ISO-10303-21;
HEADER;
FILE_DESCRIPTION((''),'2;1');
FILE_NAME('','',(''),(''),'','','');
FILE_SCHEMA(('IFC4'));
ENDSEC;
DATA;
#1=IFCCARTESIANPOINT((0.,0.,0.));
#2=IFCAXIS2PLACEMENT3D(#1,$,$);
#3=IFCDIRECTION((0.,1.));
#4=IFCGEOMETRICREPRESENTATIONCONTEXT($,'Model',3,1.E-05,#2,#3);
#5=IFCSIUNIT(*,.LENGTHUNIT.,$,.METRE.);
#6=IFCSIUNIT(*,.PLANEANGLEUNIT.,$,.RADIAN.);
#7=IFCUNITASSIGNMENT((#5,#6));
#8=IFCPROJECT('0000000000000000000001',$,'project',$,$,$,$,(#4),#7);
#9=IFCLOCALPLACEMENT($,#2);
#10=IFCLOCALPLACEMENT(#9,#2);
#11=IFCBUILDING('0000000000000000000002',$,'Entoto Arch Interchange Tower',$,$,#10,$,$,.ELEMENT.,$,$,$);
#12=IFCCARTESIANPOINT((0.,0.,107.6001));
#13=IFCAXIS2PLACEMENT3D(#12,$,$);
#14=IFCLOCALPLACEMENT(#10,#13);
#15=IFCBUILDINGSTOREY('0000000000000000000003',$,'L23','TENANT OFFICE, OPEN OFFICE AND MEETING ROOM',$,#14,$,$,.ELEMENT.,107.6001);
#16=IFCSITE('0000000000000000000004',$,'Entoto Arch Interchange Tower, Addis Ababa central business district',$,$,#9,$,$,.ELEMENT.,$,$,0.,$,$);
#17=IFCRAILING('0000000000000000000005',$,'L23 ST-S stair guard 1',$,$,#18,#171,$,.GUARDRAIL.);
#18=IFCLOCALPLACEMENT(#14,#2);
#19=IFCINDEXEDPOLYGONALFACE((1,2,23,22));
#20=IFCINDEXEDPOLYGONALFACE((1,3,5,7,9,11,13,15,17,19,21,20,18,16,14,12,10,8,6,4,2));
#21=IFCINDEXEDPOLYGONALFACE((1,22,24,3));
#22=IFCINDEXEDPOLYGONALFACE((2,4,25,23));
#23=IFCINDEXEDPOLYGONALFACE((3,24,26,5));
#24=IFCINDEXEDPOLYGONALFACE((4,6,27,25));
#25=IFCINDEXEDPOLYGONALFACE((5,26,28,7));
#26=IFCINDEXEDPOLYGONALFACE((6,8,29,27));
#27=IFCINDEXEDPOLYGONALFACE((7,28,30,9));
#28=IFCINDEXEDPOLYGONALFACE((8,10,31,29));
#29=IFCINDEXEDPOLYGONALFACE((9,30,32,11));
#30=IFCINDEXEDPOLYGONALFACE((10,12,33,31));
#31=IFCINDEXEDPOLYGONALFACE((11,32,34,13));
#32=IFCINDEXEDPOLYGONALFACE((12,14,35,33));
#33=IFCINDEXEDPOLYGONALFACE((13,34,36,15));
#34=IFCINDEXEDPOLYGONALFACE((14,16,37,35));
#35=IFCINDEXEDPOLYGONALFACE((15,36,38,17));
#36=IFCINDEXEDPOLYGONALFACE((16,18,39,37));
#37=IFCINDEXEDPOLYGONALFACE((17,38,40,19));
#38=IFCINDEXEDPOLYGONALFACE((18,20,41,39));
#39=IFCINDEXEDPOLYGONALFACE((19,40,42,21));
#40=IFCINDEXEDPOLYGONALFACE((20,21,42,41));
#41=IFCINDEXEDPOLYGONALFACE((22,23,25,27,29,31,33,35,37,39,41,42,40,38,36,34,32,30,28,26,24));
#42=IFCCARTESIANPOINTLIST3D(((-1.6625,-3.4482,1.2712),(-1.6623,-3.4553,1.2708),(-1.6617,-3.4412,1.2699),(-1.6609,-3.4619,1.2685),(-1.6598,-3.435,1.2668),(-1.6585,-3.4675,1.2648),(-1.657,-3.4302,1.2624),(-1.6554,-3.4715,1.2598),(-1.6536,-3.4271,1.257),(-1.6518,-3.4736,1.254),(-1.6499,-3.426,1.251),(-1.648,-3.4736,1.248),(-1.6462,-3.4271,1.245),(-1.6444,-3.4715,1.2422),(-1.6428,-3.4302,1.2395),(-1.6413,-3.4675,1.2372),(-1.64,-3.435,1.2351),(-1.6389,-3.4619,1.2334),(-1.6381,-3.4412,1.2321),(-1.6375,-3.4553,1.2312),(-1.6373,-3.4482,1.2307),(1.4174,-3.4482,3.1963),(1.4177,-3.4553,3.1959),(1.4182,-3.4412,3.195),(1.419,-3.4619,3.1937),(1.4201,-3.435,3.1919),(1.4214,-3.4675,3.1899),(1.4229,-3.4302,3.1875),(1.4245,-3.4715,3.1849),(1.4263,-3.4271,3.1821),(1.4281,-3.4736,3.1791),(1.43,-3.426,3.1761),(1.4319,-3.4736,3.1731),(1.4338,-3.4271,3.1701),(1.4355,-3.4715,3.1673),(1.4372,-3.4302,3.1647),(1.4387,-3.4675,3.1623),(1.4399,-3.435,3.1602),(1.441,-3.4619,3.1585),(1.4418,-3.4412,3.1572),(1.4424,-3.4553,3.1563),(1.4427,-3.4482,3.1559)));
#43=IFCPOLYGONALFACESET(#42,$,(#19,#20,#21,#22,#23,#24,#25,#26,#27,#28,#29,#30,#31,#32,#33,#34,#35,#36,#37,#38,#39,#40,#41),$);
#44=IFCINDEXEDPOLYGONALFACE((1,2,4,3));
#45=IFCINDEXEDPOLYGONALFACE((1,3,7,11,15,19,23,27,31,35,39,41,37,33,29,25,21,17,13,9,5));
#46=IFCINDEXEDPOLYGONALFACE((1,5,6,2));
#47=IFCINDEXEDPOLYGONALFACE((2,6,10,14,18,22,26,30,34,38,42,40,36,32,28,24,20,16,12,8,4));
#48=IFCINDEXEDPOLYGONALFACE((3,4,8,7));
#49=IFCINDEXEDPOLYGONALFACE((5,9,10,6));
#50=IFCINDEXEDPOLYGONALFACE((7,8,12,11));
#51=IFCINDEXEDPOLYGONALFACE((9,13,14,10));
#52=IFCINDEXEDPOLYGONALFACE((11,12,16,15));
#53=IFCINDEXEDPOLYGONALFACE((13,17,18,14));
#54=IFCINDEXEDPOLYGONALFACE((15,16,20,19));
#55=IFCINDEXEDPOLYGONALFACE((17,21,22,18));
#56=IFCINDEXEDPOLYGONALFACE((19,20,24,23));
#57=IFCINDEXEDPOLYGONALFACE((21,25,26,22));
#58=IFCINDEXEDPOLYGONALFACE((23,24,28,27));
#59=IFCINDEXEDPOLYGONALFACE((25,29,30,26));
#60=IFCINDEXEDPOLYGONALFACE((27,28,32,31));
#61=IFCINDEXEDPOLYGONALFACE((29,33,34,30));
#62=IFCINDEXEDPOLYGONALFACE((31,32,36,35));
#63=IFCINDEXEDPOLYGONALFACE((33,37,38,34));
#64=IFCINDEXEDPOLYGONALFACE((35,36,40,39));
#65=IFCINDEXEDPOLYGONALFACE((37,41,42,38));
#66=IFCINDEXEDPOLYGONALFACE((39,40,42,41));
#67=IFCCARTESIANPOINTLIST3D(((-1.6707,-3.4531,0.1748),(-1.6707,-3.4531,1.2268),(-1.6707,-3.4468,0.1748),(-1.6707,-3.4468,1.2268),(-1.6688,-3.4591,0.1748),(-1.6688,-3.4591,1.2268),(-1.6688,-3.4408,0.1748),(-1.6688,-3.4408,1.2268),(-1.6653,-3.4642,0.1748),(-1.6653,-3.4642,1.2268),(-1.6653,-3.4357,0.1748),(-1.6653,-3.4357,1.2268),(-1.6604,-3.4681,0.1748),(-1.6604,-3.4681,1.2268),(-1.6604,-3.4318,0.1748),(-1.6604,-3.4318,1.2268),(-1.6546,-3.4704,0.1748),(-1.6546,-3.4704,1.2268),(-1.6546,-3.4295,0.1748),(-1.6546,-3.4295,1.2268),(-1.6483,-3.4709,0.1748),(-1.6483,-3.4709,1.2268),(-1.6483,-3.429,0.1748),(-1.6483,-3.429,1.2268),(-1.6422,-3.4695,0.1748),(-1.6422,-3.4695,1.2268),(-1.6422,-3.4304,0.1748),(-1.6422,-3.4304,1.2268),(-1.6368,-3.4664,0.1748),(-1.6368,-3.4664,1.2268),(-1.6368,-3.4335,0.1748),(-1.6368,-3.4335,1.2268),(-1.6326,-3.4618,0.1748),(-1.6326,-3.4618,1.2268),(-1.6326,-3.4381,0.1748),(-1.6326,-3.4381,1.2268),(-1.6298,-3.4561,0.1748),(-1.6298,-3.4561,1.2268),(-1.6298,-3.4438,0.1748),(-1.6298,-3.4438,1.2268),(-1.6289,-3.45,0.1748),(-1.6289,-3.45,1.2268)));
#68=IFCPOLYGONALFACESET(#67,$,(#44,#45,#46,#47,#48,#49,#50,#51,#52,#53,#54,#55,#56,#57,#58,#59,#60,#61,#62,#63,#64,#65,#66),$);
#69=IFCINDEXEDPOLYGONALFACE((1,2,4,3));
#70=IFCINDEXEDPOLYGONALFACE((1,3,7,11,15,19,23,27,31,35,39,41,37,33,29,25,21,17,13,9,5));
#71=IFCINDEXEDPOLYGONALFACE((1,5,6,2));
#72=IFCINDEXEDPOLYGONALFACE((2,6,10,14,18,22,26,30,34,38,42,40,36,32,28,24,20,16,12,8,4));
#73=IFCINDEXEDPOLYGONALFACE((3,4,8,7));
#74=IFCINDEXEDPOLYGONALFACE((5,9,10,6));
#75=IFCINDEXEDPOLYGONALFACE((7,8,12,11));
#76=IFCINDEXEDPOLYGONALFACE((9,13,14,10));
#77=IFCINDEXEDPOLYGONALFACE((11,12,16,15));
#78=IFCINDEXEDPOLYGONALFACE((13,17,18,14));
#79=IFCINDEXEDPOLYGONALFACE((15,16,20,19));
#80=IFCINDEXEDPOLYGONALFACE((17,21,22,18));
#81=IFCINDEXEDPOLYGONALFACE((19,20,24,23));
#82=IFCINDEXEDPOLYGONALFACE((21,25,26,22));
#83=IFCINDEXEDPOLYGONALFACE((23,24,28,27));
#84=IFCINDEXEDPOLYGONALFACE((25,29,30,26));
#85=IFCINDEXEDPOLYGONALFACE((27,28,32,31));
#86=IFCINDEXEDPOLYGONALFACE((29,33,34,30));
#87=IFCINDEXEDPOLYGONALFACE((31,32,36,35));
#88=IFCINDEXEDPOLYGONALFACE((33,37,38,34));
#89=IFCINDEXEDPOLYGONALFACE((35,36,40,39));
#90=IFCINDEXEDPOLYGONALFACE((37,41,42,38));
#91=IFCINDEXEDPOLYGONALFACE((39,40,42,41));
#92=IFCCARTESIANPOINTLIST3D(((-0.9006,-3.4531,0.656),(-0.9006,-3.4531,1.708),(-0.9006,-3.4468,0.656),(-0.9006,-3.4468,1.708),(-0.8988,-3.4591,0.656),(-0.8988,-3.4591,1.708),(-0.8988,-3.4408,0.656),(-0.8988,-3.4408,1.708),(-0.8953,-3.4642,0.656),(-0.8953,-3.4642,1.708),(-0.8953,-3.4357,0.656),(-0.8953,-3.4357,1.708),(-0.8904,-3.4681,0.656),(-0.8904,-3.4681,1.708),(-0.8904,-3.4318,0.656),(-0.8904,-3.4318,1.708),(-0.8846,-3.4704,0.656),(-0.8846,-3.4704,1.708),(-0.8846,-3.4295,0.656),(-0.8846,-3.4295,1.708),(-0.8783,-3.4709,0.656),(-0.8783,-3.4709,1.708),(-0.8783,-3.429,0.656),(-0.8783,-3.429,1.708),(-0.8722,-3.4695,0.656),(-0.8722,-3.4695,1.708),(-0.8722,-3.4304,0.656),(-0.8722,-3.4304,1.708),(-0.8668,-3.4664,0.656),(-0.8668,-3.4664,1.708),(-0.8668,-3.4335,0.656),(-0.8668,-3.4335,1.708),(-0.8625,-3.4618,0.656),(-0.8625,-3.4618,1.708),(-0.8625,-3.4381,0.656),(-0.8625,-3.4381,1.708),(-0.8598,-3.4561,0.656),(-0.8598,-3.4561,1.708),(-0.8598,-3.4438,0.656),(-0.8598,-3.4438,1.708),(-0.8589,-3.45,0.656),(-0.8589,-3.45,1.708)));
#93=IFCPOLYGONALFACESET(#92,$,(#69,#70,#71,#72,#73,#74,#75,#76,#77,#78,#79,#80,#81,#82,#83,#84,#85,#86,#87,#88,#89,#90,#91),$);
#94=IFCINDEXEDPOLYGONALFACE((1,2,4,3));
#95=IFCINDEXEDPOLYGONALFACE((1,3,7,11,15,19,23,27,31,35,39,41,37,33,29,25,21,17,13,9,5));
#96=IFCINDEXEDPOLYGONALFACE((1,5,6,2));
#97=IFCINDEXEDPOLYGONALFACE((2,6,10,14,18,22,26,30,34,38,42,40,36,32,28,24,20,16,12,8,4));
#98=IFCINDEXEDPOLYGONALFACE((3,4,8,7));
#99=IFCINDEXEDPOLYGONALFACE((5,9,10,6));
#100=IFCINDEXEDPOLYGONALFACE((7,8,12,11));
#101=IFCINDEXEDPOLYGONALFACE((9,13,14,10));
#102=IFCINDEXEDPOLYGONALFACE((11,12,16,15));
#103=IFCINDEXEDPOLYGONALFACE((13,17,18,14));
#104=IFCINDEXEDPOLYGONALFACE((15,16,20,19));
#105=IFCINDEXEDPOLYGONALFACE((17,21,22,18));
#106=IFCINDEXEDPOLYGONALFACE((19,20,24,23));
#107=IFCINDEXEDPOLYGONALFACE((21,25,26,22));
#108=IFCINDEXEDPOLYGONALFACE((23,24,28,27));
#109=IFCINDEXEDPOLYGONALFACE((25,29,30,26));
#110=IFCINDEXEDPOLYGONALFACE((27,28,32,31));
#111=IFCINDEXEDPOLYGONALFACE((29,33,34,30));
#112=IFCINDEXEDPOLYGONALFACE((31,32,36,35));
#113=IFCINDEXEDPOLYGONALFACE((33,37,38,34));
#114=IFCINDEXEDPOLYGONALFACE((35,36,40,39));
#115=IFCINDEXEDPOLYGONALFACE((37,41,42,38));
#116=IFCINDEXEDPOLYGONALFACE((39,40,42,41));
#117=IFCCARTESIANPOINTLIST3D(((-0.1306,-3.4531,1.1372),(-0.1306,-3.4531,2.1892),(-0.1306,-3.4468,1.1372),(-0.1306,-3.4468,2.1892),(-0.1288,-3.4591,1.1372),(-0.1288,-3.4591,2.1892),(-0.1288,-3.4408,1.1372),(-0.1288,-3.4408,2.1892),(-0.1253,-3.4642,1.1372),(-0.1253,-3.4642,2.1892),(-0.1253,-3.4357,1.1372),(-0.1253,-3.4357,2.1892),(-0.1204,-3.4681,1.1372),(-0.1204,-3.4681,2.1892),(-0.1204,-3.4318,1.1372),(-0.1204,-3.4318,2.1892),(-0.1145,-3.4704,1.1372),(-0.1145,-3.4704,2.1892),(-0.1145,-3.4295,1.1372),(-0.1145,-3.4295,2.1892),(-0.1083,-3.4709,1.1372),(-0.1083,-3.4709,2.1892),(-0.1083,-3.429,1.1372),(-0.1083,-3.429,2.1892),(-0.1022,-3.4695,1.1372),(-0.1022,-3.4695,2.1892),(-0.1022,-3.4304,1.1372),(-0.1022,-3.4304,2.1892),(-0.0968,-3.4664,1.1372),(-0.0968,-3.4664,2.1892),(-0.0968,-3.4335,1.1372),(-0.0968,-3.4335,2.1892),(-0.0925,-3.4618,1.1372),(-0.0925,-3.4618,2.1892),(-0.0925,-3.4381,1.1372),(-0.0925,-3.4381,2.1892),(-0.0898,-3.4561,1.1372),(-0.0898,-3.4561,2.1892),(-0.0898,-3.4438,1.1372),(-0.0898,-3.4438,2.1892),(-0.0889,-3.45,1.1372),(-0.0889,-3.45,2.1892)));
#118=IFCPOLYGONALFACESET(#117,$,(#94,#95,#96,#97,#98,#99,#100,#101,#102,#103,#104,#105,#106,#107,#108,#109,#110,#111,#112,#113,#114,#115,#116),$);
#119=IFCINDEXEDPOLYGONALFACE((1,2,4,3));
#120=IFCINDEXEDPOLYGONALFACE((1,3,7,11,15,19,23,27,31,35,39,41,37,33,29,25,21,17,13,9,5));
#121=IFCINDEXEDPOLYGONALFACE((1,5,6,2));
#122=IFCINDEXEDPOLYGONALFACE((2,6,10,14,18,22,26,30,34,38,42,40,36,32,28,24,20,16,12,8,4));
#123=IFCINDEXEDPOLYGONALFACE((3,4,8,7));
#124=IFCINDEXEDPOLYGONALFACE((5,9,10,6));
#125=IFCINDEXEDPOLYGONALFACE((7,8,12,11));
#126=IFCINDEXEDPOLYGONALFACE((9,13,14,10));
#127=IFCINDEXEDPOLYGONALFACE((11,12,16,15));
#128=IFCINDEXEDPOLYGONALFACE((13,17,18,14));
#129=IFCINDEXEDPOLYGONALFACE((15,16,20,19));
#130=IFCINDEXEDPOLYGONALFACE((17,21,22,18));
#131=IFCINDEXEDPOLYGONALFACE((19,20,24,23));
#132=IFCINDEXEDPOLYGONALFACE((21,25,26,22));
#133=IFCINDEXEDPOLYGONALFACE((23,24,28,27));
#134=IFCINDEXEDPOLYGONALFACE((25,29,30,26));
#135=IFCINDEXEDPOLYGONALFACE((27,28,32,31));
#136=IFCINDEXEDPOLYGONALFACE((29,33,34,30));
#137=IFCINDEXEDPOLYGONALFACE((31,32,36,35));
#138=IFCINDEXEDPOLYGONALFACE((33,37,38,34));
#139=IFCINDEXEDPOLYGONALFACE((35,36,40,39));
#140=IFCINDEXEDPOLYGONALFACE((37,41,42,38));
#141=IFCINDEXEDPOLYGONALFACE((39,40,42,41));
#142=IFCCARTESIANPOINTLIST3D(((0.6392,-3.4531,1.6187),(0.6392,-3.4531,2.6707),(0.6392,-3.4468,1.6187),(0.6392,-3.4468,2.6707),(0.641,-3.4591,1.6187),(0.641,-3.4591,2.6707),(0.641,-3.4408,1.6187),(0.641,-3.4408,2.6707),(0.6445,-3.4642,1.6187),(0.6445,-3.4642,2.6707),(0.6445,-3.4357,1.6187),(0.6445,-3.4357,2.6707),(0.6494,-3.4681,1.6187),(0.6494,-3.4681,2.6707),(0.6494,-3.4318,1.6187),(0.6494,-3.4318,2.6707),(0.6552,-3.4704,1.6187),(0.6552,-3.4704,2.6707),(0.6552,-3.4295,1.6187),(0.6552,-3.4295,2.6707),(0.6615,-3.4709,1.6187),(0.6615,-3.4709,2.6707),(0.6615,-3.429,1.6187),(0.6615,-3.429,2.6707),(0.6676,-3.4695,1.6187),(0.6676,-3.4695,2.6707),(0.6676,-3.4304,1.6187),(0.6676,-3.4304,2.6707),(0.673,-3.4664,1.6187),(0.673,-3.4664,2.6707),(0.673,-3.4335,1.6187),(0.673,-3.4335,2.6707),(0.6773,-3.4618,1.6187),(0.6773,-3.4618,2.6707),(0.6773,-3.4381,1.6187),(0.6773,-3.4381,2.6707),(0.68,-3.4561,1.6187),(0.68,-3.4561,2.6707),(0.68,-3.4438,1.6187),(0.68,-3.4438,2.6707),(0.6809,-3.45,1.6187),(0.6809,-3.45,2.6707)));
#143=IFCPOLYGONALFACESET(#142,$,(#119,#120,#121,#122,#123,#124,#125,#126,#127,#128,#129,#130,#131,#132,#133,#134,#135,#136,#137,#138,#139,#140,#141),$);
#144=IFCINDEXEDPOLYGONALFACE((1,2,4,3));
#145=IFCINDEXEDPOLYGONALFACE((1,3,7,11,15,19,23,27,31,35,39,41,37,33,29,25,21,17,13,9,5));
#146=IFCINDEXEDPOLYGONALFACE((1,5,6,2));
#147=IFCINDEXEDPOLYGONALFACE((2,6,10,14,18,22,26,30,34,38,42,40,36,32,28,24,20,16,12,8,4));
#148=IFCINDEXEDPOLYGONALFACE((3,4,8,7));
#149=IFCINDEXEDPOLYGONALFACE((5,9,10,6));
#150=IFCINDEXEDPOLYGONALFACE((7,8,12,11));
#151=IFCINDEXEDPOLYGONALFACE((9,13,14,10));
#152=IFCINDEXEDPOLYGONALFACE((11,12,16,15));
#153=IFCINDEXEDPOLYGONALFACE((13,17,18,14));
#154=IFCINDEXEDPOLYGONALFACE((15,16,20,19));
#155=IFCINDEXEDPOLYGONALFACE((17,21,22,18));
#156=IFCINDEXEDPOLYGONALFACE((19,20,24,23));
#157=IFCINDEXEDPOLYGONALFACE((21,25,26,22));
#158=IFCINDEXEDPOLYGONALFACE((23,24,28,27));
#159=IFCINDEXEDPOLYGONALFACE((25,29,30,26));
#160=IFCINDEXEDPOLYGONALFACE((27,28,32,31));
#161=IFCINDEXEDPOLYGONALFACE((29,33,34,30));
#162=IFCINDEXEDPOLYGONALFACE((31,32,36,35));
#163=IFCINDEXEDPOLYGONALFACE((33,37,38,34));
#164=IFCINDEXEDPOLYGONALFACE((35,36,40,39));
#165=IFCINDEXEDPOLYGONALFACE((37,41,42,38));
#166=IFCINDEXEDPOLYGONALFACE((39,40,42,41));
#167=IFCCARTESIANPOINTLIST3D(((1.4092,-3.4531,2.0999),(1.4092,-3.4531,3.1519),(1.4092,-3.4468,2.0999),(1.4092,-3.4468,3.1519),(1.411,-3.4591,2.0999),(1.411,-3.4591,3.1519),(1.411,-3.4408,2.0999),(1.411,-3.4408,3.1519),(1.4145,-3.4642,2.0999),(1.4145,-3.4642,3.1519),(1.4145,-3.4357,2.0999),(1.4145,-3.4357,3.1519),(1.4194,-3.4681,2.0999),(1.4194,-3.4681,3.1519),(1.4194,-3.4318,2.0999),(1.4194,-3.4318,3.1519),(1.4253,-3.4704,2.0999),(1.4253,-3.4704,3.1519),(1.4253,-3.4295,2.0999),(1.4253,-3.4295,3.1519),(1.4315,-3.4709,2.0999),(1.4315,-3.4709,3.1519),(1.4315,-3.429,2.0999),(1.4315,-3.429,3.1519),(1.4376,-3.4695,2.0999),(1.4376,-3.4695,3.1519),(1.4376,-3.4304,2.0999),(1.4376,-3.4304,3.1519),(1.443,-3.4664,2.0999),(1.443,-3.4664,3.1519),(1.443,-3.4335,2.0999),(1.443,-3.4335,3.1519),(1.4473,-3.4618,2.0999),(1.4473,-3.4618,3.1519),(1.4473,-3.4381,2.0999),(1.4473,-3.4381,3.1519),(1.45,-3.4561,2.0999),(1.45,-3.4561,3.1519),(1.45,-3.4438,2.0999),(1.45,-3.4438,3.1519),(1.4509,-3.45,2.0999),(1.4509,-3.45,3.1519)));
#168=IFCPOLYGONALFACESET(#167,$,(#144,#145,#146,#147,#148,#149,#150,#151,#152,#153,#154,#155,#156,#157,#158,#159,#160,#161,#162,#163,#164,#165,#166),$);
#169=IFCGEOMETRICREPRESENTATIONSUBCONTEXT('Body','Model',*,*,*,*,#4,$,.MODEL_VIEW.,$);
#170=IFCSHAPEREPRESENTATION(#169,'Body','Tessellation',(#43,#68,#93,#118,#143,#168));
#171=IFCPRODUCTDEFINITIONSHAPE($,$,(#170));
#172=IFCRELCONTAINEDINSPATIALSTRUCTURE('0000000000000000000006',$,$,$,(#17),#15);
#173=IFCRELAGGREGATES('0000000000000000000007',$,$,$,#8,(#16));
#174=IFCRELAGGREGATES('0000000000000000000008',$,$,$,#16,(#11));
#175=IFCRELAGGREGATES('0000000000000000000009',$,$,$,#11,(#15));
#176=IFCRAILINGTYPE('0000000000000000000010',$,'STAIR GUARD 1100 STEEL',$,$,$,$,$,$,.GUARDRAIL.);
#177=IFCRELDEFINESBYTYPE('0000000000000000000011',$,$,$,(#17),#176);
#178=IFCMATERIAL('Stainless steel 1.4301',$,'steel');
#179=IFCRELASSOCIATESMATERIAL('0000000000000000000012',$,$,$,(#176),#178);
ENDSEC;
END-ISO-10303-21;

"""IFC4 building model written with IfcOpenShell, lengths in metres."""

from ifc_helpers import new_model, si_unit, direction, frame, origin, origin_2d, place, context, subcontext, project, spatial, circle, extrude, material, type_object, element, save


model = new_model("IFC4")

# Units and contexts
model_context = context("Model", 3, precision=1e-05, world=origin(), true_north=direction((0.0, 1.0)))
body_context = subcontext(model_context, "Body", "Model", "MODEL_VIEW")
ifc_project = project(units=[si_unit("LENGTHUNIT", "METRE"), si_unit("PLANEANGLEUNIT", "RADIAN")], contexts=[model_context])

# Site, building, storey
site_placement = place(None, origin())
site = spatial("IfcSite", under=ifc_project, at=site_placement, Name="Entoto Arch Interchange Tower, Addis Ababa central business district", CompositionType="ELEMENT", RefElevation=0.0)
building_placement = place(site_placement, origin())
building = spatial("IfcBuilding", under=site, at=building_placement, Name="Entoto Arch Interchange Tower", CompositionType="ELEMENT")
storey_placement = place(building_placement, frame((0.0, 0.0, 107.6001)))
storey = spatial("IfcBuildingStorey", under=building, at=storey_placement, Name="L23", Description="TENANT OFFICE, OPEN OFFICE AND MEETING ROOM", CompositionType="ELEMENT", Elevation=107.6001)

# Railing
ifc_material_1 = material(Name="Stainless steel 1.4301", Category="steel")
railing_type_1 = type_object("IfcRailingType", Name="STAIR GUARD 1100 STEEL", PredefinedType="GUARDRAIL", material=ifc_material_1)
railing_1_placement = place(storey_placement, frame((-1.6499, -3.45, 0.1748)))
element("IfcRailing", 1, at=railing_1_placement, inside=storey, type_object=railing_type_1, Name="L23 ST-S stair guard 1", PredefinedType="GUARDRAIL", context=body_context, shape_type="SweptSolid", body=[
    extrude(circle(Radius=0.0239, at=origin_2d()), frame((0.0, 0.0, 1.0762), z_axis=(0.847979, 0.0, 0.530029), x_axis=(0.0, 1.0, 0.0)), (0.0, 0.0, 1.0), 3.6321),
    extrude(circle(Radius=0.021, at=origin_2d()), origin(), (0.0, 0.0, 1.0), 1.052),
    extrude(circle(Radius=0.021, at=origin_2d()), frame((0.77, 0.0, 0.4812)), (0.0, 0.0, 1.0), 1.052),
    extrude(circle(Radius=0.021, at=origin_2d()), frame((1.54, 0.0, 0.9624)), (0.0, 0.0, 1.0), 1.052),
    extrude(circle(Radius=0.021, at=origin_2d()), frame((2.3098, 0.0, 1.4438)), (0.0, 0.0, 1.0), 1.052),
    extrude(circle(Radius=0.021, at=origin_2d()), frame((3.0798, 0.0, 1.925)), (0.0, 0.0, 1.0), 1.052),
])

save(model, "model.ifc")
